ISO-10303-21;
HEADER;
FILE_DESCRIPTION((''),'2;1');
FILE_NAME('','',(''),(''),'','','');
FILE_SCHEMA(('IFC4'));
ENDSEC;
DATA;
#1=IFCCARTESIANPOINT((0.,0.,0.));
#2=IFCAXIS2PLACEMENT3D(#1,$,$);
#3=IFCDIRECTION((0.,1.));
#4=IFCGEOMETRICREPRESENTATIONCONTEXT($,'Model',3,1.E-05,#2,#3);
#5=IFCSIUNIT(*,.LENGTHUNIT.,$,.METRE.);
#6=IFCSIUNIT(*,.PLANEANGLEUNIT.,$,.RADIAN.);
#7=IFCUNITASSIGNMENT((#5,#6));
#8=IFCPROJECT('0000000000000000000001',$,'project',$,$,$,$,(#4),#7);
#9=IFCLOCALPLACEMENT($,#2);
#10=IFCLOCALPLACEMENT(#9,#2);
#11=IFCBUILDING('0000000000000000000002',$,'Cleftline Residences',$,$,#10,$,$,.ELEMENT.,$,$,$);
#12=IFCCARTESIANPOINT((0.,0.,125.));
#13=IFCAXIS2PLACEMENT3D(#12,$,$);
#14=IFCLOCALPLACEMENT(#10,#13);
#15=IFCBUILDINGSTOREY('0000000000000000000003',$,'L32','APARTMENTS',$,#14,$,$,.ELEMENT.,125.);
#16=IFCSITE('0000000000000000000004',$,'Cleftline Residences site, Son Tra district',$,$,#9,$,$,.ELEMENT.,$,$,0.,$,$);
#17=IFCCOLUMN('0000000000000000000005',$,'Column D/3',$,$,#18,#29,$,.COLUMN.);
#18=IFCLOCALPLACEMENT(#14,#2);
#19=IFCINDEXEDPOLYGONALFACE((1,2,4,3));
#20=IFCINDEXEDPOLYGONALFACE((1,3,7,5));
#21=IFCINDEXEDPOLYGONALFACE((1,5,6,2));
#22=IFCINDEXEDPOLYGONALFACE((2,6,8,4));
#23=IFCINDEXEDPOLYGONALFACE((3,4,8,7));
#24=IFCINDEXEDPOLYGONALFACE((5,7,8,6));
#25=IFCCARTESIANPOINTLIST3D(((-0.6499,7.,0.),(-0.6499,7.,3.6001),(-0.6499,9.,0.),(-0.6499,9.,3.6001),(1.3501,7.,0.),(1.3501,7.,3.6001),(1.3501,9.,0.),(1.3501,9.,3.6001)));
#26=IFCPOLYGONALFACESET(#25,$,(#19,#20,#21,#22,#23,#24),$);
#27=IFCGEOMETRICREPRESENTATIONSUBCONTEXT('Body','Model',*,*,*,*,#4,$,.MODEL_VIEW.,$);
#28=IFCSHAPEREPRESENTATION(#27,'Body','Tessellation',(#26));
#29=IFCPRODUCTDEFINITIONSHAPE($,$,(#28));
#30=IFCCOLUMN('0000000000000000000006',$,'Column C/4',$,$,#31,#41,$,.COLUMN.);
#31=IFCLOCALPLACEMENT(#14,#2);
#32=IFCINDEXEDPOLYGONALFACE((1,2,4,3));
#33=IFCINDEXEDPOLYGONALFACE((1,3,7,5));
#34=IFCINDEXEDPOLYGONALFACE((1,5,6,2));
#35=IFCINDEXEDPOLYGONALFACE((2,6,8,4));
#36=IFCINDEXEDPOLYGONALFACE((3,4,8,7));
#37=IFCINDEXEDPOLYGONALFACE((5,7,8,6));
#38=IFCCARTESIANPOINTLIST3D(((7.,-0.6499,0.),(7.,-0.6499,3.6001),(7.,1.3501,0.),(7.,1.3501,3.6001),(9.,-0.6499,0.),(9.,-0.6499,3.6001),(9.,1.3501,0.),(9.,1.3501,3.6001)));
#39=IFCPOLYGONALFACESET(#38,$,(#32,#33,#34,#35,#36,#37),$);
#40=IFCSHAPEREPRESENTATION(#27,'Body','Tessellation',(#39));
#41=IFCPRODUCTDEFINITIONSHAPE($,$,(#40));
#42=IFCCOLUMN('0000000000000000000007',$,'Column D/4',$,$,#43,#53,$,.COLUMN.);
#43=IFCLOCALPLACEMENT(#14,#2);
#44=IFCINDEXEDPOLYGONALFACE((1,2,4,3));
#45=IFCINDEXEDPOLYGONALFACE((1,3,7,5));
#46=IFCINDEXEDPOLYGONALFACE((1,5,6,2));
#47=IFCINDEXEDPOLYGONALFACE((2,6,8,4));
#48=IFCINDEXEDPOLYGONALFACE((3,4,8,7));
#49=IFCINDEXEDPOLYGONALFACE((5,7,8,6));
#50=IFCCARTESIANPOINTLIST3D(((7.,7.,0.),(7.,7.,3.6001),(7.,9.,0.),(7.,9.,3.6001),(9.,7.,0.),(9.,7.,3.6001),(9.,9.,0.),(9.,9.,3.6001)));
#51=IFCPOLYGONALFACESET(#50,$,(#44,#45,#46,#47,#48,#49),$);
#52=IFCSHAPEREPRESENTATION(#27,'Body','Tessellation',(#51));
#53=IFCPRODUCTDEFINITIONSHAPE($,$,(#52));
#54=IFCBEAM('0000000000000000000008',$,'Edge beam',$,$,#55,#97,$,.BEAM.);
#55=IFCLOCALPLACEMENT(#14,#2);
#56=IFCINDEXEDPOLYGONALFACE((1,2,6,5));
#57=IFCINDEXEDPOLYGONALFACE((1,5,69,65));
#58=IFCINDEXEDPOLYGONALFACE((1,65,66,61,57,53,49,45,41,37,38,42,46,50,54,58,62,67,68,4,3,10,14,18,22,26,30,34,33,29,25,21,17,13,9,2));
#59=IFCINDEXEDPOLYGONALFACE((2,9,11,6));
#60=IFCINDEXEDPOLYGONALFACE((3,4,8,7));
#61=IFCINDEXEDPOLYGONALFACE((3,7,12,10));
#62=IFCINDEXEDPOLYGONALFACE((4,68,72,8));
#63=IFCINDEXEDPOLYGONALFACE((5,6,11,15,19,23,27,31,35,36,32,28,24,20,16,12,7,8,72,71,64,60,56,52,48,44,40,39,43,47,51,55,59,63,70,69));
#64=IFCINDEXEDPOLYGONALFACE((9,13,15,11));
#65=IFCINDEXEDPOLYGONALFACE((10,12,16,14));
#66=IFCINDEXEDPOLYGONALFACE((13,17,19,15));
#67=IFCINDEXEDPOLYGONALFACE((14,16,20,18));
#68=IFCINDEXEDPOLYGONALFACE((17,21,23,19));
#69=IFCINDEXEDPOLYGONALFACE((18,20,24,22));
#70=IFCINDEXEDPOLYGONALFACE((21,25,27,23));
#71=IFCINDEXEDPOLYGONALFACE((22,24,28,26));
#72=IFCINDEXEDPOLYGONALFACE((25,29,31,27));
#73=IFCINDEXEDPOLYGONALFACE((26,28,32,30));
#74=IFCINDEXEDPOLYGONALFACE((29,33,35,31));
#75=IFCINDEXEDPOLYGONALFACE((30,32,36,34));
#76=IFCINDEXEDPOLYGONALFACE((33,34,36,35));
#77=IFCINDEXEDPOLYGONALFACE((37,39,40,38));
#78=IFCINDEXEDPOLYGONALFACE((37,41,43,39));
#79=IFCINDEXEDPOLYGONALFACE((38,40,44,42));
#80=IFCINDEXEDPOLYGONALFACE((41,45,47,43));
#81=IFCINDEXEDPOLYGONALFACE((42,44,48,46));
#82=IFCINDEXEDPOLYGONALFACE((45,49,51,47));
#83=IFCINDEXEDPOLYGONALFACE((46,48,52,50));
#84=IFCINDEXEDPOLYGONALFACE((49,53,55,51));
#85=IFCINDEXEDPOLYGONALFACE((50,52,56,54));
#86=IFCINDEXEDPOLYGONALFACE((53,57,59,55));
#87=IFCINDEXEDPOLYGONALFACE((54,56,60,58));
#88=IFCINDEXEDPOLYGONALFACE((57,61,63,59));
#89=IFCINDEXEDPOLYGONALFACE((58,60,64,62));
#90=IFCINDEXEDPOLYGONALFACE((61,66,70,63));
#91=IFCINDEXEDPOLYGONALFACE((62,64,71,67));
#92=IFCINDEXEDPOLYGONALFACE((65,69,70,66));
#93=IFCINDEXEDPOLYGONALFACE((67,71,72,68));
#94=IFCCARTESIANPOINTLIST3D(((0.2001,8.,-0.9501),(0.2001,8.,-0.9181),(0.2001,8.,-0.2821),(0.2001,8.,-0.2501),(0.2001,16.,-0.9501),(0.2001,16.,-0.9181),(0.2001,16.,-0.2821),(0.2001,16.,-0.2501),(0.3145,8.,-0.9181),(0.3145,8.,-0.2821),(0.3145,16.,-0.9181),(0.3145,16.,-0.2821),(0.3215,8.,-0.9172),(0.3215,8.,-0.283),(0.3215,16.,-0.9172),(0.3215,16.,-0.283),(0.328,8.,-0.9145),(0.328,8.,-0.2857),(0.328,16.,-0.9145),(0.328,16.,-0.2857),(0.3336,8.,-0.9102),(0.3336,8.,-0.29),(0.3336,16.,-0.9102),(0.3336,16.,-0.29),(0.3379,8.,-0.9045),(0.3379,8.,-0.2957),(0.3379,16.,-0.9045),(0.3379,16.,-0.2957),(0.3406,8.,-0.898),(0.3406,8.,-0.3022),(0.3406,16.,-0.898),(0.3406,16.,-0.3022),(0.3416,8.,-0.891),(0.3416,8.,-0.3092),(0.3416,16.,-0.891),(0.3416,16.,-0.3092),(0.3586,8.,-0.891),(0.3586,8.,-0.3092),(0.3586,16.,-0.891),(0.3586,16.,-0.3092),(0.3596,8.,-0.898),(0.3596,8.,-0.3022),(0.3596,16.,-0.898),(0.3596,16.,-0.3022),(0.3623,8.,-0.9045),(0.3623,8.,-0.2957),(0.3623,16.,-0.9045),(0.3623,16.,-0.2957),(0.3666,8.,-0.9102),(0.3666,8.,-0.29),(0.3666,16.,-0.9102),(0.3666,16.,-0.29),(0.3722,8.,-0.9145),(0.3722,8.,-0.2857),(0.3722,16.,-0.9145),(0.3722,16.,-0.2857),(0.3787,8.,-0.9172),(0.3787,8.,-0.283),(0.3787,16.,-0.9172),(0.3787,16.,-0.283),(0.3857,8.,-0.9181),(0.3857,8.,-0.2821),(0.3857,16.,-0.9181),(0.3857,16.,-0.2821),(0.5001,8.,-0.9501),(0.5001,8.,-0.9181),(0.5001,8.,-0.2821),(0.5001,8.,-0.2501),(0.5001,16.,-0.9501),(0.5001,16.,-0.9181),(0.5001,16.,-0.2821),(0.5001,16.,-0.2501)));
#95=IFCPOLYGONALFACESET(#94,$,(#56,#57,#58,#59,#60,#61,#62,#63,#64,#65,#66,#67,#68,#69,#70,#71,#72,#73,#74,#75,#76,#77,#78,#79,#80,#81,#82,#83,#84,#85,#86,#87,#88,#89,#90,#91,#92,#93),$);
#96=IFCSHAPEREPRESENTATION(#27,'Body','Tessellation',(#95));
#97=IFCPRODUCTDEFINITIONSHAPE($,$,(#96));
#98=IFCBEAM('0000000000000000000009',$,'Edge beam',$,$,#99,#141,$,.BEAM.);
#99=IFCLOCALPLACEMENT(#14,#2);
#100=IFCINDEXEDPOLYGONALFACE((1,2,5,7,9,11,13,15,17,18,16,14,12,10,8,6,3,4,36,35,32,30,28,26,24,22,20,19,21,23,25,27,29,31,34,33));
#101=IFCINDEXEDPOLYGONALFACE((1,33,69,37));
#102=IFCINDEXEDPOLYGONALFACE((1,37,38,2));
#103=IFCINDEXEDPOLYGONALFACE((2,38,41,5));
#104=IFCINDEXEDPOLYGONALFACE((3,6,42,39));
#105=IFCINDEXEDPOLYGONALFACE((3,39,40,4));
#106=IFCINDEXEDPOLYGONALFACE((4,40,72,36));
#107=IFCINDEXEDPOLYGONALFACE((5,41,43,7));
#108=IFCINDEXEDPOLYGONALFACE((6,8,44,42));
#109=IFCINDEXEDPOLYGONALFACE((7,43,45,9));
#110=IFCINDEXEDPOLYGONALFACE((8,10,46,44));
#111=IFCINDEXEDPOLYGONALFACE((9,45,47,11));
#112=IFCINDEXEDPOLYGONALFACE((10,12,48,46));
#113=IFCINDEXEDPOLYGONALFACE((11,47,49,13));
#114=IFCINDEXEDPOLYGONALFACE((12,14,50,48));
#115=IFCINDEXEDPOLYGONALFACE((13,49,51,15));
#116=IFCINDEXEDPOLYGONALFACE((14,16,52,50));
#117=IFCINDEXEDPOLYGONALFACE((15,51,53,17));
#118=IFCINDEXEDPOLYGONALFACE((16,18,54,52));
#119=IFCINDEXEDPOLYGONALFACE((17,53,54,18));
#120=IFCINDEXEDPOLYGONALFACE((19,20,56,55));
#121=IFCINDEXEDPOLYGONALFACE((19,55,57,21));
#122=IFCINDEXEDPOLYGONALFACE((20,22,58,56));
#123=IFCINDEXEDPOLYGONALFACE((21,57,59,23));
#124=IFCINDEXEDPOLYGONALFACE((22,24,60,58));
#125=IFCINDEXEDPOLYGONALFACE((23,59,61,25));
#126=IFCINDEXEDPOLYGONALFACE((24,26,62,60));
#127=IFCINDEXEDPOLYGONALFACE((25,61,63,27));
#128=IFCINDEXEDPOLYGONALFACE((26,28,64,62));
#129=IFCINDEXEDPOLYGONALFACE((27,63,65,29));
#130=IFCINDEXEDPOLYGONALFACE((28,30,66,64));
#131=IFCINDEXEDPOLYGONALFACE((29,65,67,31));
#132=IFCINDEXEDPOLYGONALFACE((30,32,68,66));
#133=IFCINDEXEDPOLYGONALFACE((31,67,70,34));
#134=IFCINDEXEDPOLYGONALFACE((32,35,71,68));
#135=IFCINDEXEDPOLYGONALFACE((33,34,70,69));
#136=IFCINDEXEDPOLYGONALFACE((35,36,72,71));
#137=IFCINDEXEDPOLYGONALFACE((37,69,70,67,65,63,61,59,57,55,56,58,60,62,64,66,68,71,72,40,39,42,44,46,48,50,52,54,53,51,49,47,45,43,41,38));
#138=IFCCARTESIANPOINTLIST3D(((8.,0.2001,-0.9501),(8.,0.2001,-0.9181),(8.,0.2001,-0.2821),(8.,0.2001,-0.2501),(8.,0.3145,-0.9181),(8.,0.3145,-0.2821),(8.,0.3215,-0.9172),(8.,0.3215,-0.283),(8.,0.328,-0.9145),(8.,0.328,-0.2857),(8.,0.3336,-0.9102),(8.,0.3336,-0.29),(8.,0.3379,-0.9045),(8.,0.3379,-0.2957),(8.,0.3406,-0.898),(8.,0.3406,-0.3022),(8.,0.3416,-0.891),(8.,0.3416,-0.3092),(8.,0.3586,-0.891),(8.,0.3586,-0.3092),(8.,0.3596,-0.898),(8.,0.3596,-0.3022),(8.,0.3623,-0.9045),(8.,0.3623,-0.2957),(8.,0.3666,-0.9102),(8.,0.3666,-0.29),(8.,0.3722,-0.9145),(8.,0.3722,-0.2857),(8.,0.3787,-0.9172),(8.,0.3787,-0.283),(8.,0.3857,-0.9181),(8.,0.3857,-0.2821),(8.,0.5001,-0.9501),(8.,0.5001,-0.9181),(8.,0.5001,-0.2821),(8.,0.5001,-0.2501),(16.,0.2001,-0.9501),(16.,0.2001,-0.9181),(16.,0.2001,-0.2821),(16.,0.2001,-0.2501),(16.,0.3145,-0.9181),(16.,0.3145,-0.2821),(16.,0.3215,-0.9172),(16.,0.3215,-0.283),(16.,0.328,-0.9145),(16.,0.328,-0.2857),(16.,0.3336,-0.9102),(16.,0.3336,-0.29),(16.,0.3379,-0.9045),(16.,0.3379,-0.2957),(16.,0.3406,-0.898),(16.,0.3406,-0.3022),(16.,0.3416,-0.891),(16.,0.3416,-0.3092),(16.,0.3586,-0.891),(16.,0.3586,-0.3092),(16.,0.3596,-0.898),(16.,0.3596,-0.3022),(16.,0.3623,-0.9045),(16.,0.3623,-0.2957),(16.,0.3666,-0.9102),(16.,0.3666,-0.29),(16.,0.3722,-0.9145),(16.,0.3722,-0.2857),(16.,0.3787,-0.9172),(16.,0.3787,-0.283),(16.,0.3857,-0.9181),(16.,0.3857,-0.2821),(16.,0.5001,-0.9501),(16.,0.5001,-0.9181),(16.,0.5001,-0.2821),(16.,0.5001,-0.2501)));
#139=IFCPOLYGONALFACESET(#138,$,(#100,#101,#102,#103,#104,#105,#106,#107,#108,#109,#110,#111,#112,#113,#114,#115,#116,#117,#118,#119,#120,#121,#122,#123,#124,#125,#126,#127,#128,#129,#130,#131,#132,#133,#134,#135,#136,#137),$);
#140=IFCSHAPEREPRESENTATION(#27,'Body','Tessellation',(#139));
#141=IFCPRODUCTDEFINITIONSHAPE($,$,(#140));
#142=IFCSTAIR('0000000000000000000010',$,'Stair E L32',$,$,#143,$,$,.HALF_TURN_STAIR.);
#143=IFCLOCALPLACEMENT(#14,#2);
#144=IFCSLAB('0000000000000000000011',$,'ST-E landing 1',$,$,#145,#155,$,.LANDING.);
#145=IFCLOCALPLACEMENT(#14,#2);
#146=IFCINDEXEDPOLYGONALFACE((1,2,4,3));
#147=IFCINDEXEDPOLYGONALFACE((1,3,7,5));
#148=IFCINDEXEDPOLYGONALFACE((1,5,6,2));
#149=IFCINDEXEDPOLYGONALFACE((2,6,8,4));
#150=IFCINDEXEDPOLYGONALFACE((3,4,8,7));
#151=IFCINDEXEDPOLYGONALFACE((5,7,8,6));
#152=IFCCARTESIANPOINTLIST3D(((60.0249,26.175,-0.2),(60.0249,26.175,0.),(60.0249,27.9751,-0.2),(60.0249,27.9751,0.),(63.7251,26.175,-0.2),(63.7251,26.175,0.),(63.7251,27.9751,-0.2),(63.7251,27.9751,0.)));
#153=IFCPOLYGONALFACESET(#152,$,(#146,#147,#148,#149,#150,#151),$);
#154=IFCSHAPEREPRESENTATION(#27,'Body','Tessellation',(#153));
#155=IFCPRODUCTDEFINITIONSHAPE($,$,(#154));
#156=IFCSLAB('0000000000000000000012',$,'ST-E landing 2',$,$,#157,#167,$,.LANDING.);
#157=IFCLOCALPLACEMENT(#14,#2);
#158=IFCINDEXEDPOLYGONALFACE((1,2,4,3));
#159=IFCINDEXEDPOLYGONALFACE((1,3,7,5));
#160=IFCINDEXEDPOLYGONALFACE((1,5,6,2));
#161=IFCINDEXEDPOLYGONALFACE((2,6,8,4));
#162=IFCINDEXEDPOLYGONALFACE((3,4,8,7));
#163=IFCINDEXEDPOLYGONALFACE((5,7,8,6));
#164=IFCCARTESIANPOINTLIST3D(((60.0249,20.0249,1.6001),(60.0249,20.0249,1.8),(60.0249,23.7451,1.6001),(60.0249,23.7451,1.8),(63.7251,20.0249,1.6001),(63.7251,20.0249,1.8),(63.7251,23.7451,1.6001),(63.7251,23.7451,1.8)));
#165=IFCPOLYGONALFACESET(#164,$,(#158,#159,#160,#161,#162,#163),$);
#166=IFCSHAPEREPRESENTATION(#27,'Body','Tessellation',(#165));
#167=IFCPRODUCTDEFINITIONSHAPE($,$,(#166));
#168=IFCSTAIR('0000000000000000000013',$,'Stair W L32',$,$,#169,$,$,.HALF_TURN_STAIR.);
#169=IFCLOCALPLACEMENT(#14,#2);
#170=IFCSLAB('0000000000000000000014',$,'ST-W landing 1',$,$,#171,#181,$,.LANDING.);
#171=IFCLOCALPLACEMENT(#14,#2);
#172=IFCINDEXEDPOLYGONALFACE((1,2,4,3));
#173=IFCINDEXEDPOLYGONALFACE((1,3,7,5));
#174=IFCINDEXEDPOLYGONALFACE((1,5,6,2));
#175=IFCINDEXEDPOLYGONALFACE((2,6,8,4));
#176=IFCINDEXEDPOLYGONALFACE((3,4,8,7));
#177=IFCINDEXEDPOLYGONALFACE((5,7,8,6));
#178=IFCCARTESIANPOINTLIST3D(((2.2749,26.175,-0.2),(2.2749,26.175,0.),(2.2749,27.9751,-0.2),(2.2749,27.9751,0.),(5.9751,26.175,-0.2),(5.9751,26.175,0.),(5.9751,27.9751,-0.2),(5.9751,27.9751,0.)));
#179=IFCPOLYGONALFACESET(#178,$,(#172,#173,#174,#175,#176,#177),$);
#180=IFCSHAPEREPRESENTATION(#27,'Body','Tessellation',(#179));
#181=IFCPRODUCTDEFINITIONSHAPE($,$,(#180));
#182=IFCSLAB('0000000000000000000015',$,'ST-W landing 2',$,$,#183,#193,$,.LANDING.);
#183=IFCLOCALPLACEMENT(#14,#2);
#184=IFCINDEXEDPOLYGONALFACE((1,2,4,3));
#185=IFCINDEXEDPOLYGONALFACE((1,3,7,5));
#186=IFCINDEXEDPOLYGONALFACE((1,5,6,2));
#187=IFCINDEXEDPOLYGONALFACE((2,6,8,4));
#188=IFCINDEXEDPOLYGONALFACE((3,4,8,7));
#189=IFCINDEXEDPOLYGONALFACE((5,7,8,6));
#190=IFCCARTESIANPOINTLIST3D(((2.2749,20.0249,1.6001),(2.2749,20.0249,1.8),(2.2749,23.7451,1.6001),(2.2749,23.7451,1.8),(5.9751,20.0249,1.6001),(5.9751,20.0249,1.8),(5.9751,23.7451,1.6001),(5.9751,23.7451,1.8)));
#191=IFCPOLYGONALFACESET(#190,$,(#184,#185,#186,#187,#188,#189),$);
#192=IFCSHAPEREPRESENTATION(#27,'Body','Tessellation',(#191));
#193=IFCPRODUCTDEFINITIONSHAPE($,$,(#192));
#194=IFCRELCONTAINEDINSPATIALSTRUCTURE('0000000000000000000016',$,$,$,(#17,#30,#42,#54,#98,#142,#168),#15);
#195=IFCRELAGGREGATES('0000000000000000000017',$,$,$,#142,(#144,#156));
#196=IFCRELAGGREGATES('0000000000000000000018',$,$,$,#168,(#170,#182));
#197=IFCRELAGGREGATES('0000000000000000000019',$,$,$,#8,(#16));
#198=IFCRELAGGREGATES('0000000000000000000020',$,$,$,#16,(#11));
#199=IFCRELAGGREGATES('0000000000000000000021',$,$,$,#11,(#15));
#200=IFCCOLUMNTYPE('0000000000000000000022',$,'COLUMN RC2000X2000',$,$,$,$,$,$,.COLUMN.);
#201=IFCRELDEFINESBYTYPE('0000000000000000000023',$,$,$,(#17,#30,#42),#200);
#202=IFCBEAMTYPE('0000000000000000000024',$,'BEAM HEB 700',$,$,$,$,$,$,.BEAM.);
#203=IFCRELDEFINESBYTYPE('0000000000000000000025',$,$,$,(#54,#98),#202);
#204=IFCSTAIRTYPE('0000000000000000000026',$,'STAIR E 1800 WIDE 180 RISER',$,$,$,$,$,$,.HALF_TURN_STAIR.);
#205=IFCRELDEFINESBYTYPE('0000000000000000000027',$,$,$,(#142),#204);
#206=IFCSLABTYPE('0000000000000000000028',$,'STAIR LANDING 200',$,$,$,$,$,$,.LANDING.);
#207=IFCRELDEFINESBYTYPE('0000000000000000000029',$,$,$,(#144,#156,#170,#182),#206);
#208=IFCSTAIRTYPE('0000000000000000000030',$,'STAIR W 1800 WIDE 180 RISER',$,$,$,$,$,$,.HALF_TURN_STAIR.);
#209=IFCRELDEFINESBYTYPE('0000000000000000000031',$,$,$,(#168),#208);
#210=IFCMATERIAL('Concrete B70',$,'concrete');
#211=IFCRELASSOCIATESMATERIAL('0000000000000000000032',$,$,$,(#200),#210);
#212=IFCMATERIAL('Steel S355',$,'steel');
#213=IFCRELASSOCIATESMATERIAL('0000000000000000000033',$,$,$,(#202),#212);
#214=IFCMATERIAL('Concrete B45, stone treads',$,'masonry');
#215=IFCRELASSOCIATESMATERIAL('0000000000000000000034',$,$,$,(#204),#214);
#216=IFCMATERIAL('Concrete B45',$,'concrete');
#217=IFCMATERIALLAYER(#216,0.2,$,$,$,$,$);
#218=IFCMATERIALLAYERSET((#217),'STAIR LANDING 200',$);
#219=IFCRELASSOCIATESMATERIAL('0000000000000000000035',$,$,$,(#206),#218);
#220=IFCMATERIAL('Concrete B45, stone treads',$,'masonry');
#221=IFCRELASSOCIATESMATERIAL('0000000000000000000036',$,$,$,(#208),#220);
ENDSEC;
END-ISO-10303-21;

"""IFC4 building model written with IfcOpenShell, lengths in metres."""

from ifc_helpers import new_model, si_unit, direction, frame, origin, origin_2d, place, context, subcontext, project, spatial, polyline, rectangle, i_section, outline, extrude, material, layer, layer_set, material_profile, profile_set, type_object, element, aggregate, save


model = new_model("IFC4")

# Units and contexts
model_context = context("Model", 3, precision=1e-05, world=origin(), true_north=direction((0.0, 1.0)))
body_context = subcontext(model_context, "Body", "Model", "MODEL_VIEW")
ifc_project = project(units=[si_unit("LENGTHUNIT", "METRE"), si_unit("PLANEANGLEUNIT", "RADIAN")], contexts=[model_context])

# Site, building, storey
site_placement = place(None, origin())
site = spatial("IfcSite", under=ifc_project, at=site_placement, Name="Cleftline Residences site, Son Tra district", CompositionType="ELEMENT", RefElevation=0.0)
building_placement = place(site_placement, origin())
building = spatial("IfcBuilding", under=site, at=building_placement, Name="Cleftline Residences", CompositionType="ELEMENT")
storey_placement = place(building_placement, frame((0.0, 0.0, 125.0)))
storey = spatial("IfcBuildingStorey", under=building, at=storey_placement, Name="L32", Description="APARTMENTS", CompositionType="ELEMENT", Elevation=125.0)

# Columns
ifc_material_1 = material(Name="Concrete B70", Category="concrete")
ifc_material_profile_1 = material_profile(ifc_material_1, rectangle(XDim=2.0, YDim=2.0, at=origin_2d()))
ifc_profile_set_1 = profile_set([ifc_material_profile_1], Name="Concrete B70")
column_type = type_object("IfcColumnType", Name="COLUMN RC2000X2000", PredefinedType="COLUMN", material=ifc_profile_set_1)
for number, where, z_axis, x_axis, name in (
    (1, (0.3501, 8.0, 0.0), (0.0, 0.0, 1.0), (1.0, 0.0, 0.0), "Column D/3"),
    (2, (8.0, 0.3501, 0.0), (0.0, 0.0, 1.0), (1.0, 0.0, 0.0), "Column C/4"),
    (3, (8.0, 8.0, 0.0), (0.0, 0.0, 1.0), (1.0, 0.0, 0.0), "Column D/4"),
):
    element("IfcColumn", number, at=place(storey_placement, frame(where, z_axis=z_axis, x_axis=x_axis)), inside=storey, type_object=column_type, Name=name, PredefinedType="COLUMN", context=body_context, shape_type="SweptSolid", body=[
        extrude(rectangle(XDim=2.0, YDim=2.0, at=origin_2d()), origin(), (0.0, 0.0, 1.0), 3.6001),
    ])

# Beams
ifc_material_2 = material(Name="Steel S355", Category="steel")
ifc_material_profile_2 = material_profile(ifc_material_2, i_section(OverallWidth=0.3, OverallDepth=0.7, WebThickness=0.0171, FlangeThickness=0.032, FilletRadius=0.0271, at=origin_2d()))
ifc_profile_set_2 = profile_set([ifc_material_profile_2], Name="Steel S355")
beam_type = type_object("IfcBeamType", Name="BEAM HEB 700", PredefinedType="BEAM", material=ifc_profile_set_2)
for number, where, z_axis, x_axis, name in (
    (4, (0.3501, 8.0, -0.6001), (0.0, 1.0, 0.0), (-1.0, 0.0, 0.0), "Edge beam"),
    (5, (8.0, 0.3501, -0.6001), (1.0, 0.0, 0.0), (0.0, 1.0, 0.0), "Edge beam"),
):
    element("IfcBeam", number, at=place(storey_placement, frame(where, z_axis=z_axis, x_axis=x_axis)), inside=storey, type_object=beam_type, Name=name, PredefinedType="BEAM", context=body_context, shape_type="SweptSolid", body=[
        extrude(i_section(OverallWidth=0.3, OverallDepth=0.7, WebThickness=0.0171, FlangeThickness=0.032, FilletRadius=0.0271, at=origin_2d()), origin(), (0.0, 0.0, 1.0), 8.0),
    ])

# Stairs, slabs
ifc_material_3 = material(Name="Concrete B45, stone treads", Category="masonry")
stair_type_1 = type_object("IfcStairType", Name="STAIR E 1800 WIDE 180 RISER", PredefinedType="HALF_TURN_STAIR", material=ifc_material_3)
stair_1_placement = place(storey_placement, origin())
stair_1 = element("IfcStair", 6, at=stair_1_placement, inside=storey, type_object=stair_type_1, Name="Stair E L32", PredefinedType="HALF_TURN_STAIR")
ifc_material_4 = material(Name="Concrete B45", Category="concrete")
ifc_layer_1 = layer(ifc_material_4, 0.2)
ifc_layer_set_1 = layer_set([ifc_layer_1], Name="STAIR LANDING 200")
slab_type = type_object("IfcSlabType", Name="STAIR LANDING 200", PredefinedType="LANDING", material=ifc_layer_set_1)
slab_1_placement = place(storey_placement, frame((0.0, 0.0, -0.2)))
slab_1 = element("IfcSlab", 7, at=slab_1_placement, type_object=slab_type, Name="ST-E landing 1", PredefinedType="LANDING", context=body_context, shape_type="SweptSolid", body=[
    extrude(outline(polyline([(60.0249, 26.175), (63.7251, 26.175), (63.7251, 27.9751), (60.0249, 27.9751), (60.0249, 26.175)])), origin(), (0.0, 0.0, 1.0), 0.2),
])
slab_2_placement = place(storey_placement, frame((0.0, 0.0, 1.6001)))
slab_2 = element("IfcSlab", 8, at=slab_2_placement, type_object=slab_type, Name="ST-E landing 2", PredefinedType="LANDING", context=body_context, shape_type="SweptSolid", body=[
    extrude(outline(polyline([(60.0249, 20.0249), (63.7251, 20.0249), (63.7251, 23.7451), (60.0249, 23.7451), (60.0249, 20.0249)])), origin(), (0.0, 0.0, 1.0), 0.2),
])
aggregate(stair_1, [slab_1, slab_2])
ifc_material_5 = material(Name="Concrete B45, stone treads", Category="masonry")
stair_type_2 = type_object("IfcStairType", Name="STAIR W 1800 WIDE 180 RISER", PredefinedType="HALF_TURN_STAIR", material=ifc_material_5)
stair_2_placement = place(storey_placement, origin())
stair_2 = element("IfcStair", 9, at=stair_2_placement, inside=storey, type_object=stair_type_2, Name="Stair W L32", PredefinedType="HALF_TURN_STAIR")
slab_3_placement = place(storey_placement, frame((0.0, 0.0, -0.2)))
slab_3 = element("IfcSlab", 10, at=slab_3_placement, type_object=slab_type, Name="ST-W landing 1", PredefinedType="LANDING", context=body_context, shape_type="SweptSolid", body=[
    extrude(outline(polyline([(2.2749, 26.175), (5.9751, 26.175), (5.9751, 27.9751), (2.2749, 27.9751), (2.2749, 26.175)])), origin(), (0.0, 0.0, 1.0), 0.2),
])
slab_4_placement = place(storey_placement, frame((0.0, 0.0, 1.6001)))
slab_4 = element("IfcSlab", 11, at=slab_4_placement, type_object=slab_type, Name="ST-W landing 2", PredefinedType="LANDING", context=body_context, shape_type="SweptSolid", body=[
    extrude(outline(polyline([(2.2749, 20.0249), (5.9751, 20.0249), (5.9751, 23.7451), (2.2749, 23.7451), (2.2749, 20.0249)])), origin(), (0.0, 0.0, 1.0), 0.2),
])
aggregate(stair_2, [slab_3, slab_4])

save(model, "model.ifc")
